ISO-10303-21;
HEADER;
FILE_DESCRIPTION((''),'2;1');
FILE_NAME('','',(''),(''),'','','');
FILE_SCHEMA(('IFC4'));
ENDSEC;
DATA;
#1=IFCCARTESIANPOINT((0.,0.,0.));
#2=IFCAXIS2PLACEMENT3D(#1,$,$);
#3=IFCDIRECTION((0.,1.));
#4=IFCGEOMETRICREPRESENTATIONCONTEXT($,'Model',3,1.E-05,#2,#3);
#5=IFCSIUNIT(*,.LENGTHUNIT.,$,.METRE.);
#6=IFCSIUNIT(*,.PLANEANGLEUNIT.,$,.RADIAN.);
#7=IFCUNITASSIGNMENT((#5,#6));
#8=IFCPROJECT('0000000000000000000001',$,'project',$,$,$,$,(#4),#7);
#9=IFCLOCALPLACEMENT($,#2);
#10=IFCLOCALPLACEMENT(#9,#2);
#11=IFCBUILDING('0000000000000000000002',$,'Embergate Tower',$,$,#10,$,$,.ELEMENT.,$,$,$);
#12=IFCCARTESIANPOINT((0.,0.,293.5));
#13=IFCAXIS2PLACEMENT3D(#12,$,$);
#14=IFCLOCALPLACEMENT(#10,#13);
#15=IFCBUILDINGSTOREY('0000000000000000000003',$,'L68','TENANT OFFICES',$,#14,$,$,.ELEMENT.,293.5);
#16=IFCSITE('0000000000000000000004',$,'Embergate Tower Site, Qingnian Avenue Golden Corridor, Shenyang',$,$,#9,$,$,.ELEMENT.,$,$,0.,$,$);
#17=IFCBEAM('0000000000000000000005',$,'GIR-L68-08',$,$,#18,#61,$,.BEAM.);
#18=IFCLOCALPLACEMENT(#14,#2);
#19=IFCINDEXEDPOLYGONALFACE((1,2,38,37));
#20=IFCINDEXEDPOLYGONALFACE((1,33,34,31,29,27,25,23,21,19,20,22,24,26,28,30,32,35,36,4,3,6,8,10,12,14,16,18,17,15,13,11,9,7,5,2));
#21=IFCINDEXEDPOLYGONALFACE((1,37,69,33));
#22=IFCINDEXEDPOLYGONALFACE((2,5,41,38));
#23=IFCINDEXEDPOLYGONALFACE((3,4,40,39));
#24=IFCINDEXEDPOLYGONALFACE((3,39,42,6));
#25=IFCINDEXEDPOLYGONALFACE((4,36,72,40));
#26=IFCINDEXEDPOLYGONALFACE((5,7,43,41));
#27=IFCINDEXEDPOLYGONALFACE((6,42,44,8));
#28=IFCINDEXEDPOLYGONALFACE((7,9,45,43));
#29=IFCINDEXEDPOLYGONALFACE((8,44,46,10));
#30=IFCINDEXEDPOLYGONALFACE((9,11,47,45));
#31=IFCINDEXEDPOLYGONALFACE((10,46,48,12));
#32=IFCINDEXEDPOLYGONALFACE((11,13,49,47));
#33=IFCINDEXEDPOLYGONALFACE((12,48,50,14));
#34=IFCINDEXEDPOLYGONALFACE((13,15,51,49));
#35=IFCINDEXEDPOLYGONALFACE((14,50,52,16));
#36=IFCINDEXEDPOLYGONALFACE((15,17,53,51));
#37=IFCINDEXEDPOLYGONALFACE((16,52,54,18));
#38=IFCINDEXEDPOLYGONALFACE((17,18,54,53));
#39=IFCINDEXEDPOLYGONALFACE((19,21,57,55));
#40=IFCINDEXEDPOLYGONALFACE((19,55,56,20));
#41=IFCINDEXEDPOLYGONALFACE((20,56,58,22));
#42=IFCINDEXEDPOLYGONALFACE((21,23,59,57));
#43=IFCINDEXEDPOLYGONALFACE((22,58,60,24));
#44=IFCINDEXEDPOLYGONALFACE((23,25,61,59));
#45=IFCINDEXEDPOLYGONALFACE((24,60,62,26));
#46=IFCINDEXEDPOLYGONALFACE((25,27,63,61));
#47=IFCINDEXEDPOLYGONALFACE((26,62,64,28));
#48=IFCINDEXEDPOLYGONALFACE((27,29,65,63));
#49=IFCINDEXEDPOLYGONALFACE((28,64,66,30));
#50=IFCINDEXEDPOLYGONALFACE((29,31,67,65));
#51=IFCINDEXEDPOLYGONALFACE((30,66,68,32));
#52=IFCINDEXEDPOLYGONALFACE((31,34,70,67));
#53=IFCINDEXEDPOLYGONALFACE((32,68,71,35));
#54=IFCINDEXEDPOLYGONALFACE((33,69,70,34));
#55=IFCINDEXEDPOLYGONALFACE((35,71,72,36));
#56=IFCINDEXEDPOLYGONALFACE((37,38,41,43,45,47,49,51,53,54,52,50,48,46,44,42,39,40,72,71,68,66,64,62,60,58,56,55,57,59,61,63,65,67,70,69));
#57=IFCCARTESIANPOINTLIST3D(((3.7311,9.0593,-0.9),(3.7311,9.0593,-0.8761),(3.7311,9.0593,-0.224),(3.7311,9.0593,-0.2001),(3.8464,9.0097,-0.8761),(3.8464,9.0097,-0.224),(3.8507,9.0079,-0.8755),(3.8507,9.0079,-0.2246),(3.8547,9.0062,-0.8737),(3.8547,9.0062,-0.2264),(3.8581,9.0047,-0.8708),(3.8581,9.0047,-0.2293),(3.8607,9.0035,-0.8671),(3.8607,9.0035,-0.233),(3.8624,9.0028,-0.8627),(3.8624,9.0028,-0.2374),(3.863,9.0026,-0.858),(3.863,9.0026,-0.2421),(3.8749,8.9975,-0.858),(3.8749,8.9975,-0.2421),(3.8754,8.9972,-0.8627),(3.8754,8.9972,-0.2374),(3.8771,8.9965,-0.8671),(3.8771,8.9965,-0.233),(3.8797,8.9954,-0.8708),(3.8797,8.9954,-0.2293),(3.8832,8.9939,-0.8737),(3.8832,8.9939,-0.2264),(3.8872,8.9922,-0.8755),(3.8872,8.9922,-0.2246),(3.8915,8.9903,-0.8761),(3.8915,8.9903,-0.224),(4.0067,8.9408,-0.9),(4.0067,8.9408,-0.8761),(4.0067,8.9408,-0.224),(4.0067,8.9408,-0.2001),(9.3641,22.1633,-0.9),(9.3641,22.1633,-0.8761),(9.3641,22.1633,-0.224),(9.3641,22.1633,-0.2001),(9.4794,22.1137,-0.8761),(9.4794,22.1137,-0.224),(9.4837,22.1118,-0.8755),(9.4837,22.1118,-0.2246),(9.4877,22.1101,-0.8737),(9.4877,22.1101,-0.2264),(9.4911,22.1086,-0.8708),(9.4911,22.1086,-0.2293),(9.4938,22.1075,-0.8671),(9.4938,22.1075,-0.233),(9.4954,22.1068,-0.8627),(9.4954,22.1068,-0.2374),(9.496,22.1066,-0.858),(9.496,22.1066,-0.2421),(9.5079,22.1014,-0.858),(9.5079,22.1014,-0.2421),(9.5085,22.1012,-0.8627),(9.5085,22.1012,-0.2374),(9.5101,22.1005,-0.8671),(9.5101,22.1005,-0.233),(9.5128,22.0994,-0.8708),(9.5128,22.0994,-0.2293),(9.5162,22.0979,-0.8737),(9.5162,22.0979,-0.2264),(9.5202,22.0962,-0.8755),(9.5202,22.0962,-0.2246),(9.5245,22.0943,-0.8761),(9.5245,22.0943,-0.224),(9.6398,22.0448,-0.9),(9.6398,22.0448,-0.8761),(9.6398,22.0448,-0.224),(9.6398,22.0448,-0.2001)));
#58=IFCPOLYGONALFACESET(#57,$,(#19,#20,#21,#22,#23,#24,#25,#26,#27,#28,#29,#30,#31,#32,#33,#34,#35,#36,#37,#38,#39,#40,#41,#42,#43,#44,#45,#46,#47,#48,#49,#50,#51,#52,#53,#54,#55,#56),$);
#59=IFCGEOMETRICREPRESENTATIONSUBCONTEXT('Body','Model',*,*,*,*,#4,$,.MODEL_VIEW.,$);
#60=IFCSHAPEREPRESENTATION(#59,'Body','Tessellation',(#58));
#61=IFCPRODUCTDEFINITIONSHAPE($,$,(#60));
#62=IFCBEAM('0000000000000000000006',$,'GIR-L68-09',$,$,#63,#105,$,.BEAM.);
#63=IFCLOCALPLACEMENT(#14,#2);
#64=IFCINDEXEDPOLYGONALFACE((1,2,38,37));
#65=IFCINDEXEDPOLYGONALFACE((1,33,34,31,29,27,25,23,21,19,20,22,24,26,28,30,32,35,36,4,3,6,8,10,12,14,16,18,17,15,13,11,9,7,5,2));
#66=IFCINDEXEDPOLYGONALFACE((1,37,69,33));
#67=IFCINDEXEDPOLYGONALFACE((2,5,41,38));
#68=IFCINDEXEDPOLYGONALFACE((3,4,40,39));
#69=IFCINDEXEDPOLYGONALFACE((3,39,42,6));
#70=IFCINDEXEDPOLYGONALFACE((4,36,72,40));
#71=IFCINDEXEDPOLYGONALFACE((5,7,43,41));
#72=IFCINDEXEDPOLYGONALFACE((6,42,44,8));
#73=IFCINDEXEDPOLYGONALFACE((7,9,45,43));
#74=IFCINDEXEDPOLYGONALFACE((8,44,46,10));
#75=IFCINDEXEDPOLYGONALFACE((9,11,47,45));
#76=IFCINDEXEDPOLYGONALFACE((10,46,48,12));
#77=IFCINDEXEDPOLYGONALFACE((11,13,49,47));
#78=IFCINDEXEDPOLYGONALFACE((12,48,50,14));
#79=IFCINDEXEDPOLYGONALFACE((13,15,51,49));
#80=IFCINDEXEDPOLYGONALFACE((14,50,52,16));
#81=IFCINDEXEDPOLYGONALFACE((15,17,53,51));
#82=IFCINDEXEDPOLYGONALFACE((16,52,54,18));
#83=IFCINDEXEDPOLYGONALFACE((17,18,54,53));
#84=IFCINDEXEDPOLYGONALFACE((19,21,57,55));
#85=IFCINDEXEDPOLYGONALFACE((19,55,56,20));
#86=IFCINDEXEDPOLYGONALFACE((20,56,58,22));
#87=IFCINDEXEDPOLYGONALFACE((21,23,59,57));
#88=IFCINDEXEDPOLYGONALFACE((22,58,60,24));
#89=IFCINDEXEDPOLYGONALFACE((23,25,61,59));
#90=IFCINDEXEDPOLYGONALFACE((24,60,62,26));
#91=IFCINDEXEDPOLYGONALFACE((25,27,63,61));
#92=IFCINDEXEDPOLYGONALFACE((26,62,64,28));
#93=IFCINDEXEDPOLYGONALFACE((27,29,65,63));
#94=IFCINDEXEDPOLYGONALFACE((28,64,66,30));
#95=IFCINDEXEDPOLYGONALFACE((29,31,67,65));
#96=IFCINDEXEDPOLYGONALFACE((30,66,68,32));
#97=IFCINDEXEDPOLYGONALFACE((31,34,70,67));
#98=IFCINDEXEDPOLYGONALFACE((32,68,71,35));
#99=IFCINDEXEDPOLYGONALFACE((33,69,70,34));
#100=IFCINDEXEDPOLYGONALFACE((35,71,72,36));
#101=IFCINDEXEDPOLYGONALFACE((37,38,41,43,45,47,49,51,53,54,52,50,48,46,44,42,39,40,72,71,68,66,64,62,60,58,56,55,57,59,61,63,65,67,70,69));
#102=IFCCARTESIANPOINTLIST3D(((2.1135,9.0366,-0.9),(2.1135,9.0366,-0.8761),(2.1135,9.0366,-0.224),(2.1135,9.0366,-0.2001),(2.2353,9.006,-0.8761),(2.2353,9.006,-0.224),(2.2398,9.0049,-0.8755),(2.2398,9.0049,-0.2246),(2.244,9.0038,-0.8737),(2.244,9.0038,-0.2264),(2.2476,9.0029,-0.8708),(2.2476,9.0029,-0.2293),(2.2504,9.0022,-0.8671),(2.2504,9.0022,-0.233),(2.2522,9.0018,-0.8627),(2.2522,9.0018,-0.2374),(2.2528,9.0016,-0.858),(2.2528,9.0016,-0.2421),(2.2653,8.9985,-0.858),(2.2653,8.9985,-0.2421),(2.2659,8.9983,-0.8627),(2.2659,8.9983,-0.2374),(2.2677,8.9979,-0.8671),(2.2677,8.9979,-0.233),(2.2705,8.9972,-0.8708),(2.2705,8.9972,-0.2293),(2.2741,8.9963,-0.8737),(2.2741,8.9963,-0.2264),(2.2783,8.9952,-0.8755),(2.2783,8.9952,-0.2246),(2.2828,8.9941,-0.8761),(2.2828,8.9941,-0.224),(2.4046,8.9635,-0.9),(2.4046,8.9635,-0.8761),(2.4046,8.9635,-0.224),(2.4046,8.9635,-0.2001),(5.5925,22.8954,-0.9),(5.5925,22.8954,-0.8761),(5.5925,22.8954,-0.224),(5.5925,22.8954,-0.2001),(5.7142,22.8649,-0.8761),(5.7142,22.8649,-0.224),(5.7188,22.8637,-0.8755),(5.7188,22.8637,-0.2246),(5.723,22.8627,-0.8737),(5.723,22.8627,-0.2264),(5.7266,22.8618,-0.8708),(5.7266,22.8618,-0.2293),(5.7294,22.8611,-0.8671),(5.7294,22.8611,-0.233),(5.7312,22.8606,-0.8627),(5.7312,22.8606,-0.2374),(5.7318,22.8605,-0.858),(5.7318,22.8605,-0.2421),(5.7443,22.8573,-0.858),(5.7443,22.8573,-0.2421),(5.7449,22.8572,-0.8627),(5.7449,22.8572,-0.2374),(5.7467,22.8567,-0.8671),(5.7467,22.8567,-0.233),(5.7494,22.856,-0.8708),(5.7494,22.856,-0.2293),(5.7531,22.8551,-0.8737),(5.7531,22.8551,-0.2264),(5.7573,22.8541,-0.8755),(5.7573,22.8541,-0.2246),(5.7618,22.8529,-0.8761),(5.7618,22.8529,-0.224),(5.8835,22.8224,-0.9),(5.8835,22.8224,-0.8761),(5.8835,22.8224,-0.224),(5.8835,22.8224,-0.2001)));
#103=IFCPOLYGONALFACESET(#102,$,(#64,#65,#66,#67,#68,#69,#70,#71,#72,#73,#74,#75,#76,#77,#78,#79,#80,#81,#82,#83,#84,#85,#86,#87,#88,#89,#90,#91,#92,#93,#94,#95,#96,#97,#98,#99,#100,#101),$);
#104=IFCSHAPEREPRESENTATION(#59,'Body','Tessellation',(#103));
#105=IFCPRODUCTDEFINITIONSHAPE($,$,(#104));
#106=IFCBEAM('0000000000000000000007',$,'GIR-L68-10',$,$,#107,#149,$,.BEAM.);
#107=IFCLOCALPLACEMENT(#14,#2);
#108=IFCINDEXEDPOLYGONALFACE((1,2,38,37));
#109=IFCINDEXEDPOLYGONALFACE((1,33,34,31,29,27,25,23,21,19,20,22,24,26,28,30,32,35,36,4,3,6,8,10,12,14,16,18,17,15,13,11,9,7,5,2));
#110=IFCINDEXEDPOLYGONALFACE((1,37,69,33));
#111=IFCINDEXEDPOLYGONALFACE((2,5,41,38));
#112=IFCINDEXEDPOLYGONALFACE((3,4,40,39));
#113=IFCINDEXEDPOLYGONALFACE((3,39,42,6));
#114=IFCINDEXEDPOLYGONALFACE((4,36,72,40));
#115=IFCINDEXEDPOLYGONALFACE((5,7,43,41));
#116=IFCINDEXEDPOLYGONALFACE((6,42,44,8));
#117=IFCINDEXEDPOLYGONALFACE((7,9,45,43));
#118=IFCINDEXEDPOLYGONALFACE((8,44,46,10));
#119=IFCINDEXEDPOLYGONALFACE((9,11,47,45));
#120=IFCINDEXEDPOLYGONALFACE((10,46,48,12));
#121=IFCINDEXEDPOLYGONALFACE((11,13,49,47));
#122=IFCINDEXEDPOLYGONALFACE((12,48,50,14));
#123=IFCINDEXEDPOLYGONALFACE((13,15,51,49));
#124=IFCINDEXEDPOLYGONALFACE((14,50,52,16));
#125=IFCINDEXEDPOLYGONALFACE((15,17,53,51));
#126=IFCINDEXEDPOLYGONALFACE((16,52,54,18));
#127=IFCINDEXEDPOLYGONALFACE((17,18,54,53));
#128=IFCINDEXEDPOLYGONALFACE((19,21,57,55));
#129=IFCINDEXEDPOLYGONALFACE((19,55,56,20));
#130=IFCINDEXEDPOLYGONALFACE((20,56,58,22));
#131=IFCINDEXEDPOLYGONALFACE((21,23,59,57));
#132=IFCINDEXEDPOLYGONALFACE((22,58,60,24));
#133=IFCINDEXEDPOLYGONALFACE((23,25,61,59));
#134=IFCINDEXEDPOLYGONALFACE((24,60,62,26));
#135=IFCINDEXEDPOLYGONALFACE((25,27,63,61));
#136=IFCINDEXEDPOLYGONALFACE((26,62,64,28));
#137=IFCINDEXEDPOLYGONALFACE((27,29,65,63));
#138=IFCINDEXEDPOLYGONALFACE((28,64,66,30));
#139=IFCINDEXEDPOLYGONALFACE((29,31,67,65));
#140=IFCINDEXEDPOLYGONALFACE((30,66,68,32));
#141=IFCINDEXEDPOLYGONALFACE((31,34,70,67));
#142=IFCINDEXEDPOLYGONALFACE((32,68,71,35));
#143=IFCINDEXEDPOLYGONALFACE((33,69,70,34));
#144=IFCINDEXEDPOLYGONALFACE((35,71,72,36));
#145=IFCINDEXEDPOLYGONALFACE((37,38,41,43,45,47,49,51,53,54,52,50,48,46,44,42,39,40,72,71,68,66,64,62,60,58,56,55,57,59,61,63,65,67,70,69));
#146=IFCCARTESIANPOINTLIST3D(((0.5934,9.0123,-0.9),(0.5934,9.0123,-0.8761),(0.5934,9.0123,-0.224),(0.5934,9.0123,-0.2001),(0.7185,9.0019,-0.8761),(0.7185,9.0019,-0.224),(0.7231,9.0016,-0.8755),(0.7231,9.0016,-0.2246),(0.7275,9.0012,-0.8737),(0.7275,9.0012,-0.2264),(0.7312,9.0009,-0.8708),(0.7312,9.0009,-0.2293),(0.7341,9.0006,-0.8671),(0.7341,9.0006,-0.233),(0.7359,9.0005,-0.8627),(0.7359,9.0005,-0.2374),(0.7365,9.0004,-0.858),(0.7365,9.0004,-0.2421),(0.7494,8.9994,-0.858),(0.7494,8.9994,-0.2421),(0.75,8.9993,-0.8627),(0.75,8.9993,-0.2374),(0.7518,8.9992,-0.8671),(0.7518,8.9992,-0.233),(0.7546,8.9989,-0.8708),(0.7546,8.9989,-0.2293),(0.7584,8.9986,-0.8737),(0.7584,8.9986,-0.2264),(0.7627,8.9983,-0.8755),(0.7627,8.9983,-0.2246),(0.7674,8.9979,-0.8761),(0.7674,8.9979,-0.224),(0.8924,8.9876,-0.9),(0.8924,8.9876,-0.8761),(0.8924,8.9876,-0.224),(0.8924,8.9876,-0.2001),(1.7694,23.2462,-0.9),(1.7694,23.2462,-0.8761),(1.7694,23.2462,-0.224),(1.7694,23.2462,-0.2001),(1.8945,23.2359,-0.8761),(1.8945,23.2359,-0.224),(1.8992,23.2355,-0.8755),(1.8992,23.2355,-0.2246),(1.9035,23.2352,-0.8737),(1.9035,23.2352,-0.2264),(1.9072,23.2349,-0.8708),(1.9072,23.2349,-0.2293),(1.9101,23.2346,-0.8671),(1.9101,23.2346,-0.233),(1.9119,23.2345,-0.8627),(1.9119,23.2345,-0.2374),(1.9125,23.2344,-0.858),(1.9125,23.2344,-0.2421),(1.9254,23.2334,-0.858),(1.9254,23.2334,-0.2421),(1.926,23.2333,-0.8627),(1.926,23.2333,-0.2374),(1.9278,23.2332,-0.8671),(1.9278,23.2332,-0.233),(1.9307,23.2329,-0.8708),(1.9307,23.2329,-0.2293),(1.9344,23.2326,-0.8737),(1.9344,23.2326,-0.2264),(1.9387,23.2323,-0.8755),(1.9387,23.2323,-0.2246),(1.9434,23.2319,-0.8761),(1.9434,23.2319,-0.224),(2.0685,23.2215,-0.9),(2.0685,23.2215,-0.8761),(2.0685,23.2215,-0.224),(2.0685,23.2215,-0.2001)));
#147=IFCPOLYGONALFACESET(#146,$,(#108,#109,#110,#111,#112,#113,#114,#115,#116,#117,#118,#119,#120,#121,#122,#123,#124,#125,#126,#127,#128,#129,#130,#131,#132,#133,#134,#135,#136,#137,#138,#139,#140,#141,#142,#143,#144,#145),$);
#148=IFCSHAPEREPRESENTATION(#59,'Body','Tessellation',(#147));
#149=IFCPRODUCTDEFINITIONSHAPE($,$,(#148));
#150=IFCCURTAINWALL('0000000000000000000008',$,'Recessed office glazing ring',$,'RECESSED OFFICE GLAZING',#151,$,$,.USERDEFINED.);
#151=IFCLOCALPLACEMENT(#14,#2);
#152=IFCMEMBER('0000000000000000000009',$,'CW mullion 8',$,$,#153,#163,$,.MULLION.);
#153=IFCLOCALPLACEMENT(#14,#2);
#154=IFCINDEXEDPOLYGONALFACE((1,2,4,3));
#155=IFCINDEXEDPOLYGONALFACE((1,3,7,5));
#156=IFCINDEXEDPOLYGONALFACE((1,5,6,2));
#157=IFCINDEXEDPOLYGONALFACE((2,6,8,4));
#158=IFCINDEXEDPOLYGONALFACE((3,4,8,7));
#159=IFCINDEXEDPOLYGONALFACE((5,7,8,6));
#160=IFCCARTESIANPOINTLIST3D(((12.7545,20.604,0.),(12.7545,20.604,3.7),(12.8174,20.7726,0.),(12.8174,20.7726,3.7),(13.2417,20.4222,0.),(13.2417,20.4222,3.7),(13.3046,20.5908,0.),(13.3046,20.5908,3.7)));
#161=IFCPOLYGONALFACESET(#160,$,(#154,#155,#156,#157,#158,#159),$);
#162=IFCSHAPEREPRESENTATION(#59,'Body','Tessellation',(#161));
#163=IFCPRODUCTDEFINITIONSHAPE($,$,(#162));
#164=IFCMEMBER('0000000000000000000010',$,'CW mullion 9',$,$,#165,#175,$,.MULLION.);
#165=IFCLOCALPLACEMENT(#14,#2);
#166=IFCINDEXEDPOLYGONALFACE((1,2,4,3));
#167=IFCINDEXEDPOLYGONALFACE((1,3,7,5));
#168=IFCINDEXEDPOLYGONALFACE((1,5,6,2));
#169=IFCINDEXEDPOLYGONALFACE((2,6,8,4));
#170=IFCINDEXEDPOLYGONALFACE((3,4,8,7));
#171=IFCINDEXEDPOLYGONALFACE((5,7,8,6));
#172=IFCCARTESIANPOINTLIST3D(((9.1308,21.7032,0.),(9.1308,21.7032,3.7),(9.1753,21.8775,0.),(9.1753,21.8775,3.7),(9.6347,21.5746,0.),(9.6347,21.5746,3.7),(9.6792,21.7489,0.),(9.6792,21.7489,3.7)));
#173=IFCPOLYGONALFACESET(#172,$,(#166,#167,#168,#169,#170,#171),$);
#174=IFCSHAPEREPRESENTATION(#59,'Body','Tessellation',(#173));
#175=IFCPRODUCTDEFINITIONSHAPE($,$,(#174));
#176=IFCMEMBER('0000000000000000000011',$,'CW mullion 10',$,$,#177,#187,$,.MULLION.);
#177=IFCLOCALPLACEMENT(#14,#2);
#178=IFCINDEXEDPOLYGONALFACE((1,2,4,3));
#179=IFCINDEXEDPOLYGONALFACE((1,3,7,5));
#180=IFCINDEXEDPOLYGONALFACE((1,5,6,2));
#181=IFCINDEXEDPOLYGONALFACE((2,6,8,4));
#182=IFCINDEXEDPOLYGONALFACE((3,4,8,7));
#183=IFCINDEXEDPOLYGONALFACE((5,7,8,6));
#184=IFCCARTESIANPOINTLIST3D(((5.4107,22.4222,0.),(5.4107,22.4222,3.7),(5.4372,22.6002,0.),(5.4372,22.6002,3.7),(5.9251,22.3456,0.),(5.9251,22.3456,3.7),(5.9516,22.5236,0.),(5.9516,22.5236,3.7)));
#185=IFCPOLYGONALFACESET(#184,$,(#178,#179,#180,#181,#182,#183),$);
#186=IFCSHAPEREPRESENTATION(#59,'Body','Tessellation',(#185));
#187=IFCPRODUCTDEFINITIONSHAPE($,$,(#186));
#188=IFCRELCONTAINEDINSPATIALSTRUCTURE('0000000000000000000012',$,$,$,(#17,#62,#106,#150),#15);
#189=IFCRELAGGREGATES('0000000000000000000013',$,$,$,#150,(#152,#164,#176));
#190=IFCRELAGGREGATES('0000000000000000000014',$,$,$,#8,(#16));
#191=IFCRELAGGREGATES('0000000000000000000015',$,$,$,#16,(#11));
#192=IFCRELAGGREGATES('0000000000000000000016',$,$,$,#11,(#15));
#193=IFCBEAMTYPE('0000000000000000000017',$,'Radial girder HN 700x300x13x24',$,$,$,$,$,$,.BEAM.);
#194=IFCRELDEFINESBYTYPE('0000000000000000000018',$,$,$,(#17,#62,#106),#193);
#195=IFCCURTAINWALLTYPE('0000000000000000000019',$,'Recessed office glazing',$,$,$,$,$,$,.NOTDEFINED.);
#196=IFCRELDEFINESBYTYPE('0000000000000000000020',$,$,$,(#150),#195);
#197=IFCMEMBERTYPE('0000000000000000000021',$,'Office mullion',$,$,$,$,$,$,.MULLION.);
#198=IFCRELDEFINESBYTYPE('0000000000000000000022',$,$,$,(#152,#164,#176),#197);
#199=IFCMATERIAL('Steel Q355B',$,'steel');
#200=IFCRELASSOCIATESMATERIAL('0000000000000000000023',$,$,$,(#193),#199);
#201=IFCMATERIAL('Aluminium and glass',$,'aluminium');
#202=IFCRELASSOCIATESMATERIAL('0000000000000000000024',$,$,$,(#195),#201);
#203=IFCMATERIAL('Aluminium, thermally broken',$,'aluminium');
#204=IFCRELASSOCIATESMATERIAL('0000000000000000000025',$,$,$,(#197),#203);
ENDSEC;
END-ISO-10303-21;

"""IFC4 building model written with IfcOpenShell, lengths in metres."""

from ifc_helpers import new_model, si_unit, direction, frame, origin, origin_2d, place, context, subcontext, project, spatial, rectangle, i_section, extrude, source, transform, mapped, material, material_profile, profile_set, type_object, element, aggregate, save


model = new_model("IFC4")

# Units and contexts
model_context = context("Model", 3, precision=1e-05, world=origin(), true_north=direction((0.0, 1.0)))
body_context = subcontext(model_context, "Body", "Model", "MODEL_VIEW")
ifc_project = project(units=[si_unit("LENGTHUNIT", "METRE"), si_unit("PLANEANGLEUNIT", "RADIAN")], contexts=[model_context])

# Site, building, storey
site_placement = place(None, origin())
site = spatial("IfcSite", under=ifc_project, at=site_placement, Name="Embergate Tower Site, Qingnian Avenue Golden Corridor, Shenyang", CompositionType="ELEMENT", RefElevation=0.0)
building_placement = place(site_placement, origin())
building = spatial("IfcBuilding", under=site, at=building_placement, Name="Embergate Tower", CompositionType="ELEMENT")
storey_placement = place(building_placement, frame((0.0, 0.0, 293.5)))
storey = spatial("IfcBuildingStorey", under=building, at=storey_placement, Name="L68", Description="TENANT OFFICES", CompositionType="ELEMENT", Elevation=293.5)

# Beams
ifc_material_1 = material(Name="Steel Q355B", Category="steel")
ifc_material_profile_1 = material_profile(ifc_material_1, i_section(OverallWidth=0.3, OverallDepth=0.7, WebThickness=0.0129, FlangeThickness=0.0239, FilletRadius=0.0181, at=origin_2d()), Name="HN 700x300x13x24")
ifc_profile_set_1 = profile_set([ifc_material_profile_1], Name="Steel Q355 grade B")
beam_type_1 = type_object("IfcBeamType", Name="Radial girder HN 700x300x13x24", PredefinedType="BEAM", material=ifc_profile_set_1)
shared_shape_1 = source(origin(), body_context, "Body", "SweptSolid", [
    extrude(i_section(OverallWidth=0.3, OverallDepth=0.7, WebThickness=0.0129, FlangeThickness=0.0239, FilletRadius=0.0181, at=origin_2d()), origin(), (0.0, 0.0, 1.0), 14.2634),
])
beam_1_placement = place(storey_placement, frame((9.502, 22.104, -0.55), z_axis=(-0.394929, -0.918712, 0.0), x_axis=(0.918712, -0.394929, 0.0)))
element("IfcBeam", 1, at=beam_1_placement, inside=storey, type_object=beam_type_1, Name="GIR-L68-08", PredefinedType="BEAM", context=body_context, shape_type="MappedRepresentation", body=[
    mapped(shared_shape_1, transform((0.0, 0.0, 0.0))),
])
shared_shape_2 = source(origin(), body_context, "Body", "SweptSolid", [
    extrude(i_section(OverallWidth=0.3, OverallDepth=0.7, WebThickness=0.0129, FlangeThickness=0.0239, FilletRadius=0.0181, at=origin_2d()), origin(), (0.0, 0.0, 1.0), 14.2888),
])
beam_2_placement = place(storey_placement, frame((5.738, 22.8589, -0.55), z_axis=(-0.243476, -0.969907, 0.0), x_axis=(0.969907, -0.243476, 0.0)))
element("IfcBeam", 2, at=beam_2_placement, inside=storey, type_object=beam_type_1, Name="GIR-L68-09", PredefinedType="BEAM", context=body_context, shape_type="MappedRepresentation", body=[
    mapped(shared_shape_2, transform((0.0, 0.0, 0.0))),
])
shared_shape_3 = source(origin(), body_context, "Body", "SweptSolid", [
    extrude(i_section(OverallWidth=0.3, OverallDepth=0.7, WebThickness=0.0129, FlangeThickness=0.0239, FilletRadius=0.0181, at=origin_2d()), origin(), (0.0, 0.0, 1.0), 14.2825),
])
beam_3_placement = place(storey_placement, frame((1.9189, 23.2339, -0.55), z_axis=(-0.082341, -0.996604, 0.0), x_axis=(0.996604, -0.082341, 0.0)))
element("IfcBeam", 3, at=beam_3_placement, inside=storey, type_object=beam_type_1, Name="GIR-L68-10", PredefinedType="BEAM", context=body_context, shape_type="MappedRepresentation", body=[
    mapped(shared_shape_3, transform((0.0, 0.0, 0.0))),
])

# Curtain wall, members
ifc_material_2 = material(Name="Aluminium and glass", Category="aluminium")
curtain_wall_type = type_object("IfcCurtainWallType", Name="Recessed office glazing", PredefinedType="NOTDEFINED", material=ifc_material_2)
curtain_wall_placement = place(storey_placement, origin())
curtain_wall = element("IfcCurtainWall", 4, at=curtain_wall_placement, inside=storey, type_object=curtain_wall_type, Name="Recessed office glazing ring", ObjectType="RECESSED OFFICE GLAZING", PredefinedType="USERDEFINED")
ifc_material_3 = material(Name="Aluminium, thermally broken", Category="aluminium")
ifc_material_profile_2 = material_profile(ifc_material_3, rectangle(XDim=0.1799, YDim=0.52, at=origin_2d()), Name="AL 520x180")
ifc_profile_set_2 = profile_set([ifc_material_profile_2], Name="Aluminium, thermally broken")
member_type_1 = type_object("IfcMemberType", Name="Office mullion", PredefinedType="MULLION", material=ifc_profile_set_2)
shared_shape_4 = source(origin(), body_context, "Body", "SweptSolid", [
    extrude(rectangle(XDim=0.1799, YDim=0.52, at=origin_2d()), origin(), (0.0, 0.0, 1.0), 3.7),
])
member_1_placement = place(storey_placement, frame((13.0295, 20.5974, 0.0), z_axis=(0.0, 0.0, 1.0), x_axis=(-0.349501, -0.936936, 0.0)))
member_1 = element("IfcMember", 5, at=member_1_placement, type_object=member_type_1, Name="CW mullion 8", PredefinedType="MULLION", context=body_context, shape_type="MappedRepresentation", body=[
    mapped(shared_shape_4, transform((0.0, 0.0, 0.0))),
])
member_2_placement = place(storey_placement, frame((9.405, 21.7261, 0.0), z_axis=(0.0, 0.0, 1.0), x_axis=(-0.247312, -0.968936, 0.0)))
member_2 = element("IfcMember", 6, at=member_2_placement, type_object=member_type_1, Name="CW mullion 9", PredefinedType="MULLION", context=body_context, shape_type="MappedRepresentation", body=[
    mapped(shared_shape_4, transform((0.0, 0.0, 0.0))),
])
member_3_placement = place(storey_placement, frame((5.6812, 22.4729, 0.0), z_axis=(0.0, 0.0, 1.0), x_axis=(-0.147412, -0.989075, 0.0)))
member_3 = element("IfcMember", 7, at=member_3_placement, type_object=member_type_1, Name="CW mullion 10", PredefinedType="MULLION", context=body_context, shape_type="MappedRepresentation", body=[
    mapped(shared_shape_4, transform((0.0, 0.0, 0.0))),
])
aggregate(curtain_wall, [member_1, member_2, member_3])

save(model, "model.ifc")
